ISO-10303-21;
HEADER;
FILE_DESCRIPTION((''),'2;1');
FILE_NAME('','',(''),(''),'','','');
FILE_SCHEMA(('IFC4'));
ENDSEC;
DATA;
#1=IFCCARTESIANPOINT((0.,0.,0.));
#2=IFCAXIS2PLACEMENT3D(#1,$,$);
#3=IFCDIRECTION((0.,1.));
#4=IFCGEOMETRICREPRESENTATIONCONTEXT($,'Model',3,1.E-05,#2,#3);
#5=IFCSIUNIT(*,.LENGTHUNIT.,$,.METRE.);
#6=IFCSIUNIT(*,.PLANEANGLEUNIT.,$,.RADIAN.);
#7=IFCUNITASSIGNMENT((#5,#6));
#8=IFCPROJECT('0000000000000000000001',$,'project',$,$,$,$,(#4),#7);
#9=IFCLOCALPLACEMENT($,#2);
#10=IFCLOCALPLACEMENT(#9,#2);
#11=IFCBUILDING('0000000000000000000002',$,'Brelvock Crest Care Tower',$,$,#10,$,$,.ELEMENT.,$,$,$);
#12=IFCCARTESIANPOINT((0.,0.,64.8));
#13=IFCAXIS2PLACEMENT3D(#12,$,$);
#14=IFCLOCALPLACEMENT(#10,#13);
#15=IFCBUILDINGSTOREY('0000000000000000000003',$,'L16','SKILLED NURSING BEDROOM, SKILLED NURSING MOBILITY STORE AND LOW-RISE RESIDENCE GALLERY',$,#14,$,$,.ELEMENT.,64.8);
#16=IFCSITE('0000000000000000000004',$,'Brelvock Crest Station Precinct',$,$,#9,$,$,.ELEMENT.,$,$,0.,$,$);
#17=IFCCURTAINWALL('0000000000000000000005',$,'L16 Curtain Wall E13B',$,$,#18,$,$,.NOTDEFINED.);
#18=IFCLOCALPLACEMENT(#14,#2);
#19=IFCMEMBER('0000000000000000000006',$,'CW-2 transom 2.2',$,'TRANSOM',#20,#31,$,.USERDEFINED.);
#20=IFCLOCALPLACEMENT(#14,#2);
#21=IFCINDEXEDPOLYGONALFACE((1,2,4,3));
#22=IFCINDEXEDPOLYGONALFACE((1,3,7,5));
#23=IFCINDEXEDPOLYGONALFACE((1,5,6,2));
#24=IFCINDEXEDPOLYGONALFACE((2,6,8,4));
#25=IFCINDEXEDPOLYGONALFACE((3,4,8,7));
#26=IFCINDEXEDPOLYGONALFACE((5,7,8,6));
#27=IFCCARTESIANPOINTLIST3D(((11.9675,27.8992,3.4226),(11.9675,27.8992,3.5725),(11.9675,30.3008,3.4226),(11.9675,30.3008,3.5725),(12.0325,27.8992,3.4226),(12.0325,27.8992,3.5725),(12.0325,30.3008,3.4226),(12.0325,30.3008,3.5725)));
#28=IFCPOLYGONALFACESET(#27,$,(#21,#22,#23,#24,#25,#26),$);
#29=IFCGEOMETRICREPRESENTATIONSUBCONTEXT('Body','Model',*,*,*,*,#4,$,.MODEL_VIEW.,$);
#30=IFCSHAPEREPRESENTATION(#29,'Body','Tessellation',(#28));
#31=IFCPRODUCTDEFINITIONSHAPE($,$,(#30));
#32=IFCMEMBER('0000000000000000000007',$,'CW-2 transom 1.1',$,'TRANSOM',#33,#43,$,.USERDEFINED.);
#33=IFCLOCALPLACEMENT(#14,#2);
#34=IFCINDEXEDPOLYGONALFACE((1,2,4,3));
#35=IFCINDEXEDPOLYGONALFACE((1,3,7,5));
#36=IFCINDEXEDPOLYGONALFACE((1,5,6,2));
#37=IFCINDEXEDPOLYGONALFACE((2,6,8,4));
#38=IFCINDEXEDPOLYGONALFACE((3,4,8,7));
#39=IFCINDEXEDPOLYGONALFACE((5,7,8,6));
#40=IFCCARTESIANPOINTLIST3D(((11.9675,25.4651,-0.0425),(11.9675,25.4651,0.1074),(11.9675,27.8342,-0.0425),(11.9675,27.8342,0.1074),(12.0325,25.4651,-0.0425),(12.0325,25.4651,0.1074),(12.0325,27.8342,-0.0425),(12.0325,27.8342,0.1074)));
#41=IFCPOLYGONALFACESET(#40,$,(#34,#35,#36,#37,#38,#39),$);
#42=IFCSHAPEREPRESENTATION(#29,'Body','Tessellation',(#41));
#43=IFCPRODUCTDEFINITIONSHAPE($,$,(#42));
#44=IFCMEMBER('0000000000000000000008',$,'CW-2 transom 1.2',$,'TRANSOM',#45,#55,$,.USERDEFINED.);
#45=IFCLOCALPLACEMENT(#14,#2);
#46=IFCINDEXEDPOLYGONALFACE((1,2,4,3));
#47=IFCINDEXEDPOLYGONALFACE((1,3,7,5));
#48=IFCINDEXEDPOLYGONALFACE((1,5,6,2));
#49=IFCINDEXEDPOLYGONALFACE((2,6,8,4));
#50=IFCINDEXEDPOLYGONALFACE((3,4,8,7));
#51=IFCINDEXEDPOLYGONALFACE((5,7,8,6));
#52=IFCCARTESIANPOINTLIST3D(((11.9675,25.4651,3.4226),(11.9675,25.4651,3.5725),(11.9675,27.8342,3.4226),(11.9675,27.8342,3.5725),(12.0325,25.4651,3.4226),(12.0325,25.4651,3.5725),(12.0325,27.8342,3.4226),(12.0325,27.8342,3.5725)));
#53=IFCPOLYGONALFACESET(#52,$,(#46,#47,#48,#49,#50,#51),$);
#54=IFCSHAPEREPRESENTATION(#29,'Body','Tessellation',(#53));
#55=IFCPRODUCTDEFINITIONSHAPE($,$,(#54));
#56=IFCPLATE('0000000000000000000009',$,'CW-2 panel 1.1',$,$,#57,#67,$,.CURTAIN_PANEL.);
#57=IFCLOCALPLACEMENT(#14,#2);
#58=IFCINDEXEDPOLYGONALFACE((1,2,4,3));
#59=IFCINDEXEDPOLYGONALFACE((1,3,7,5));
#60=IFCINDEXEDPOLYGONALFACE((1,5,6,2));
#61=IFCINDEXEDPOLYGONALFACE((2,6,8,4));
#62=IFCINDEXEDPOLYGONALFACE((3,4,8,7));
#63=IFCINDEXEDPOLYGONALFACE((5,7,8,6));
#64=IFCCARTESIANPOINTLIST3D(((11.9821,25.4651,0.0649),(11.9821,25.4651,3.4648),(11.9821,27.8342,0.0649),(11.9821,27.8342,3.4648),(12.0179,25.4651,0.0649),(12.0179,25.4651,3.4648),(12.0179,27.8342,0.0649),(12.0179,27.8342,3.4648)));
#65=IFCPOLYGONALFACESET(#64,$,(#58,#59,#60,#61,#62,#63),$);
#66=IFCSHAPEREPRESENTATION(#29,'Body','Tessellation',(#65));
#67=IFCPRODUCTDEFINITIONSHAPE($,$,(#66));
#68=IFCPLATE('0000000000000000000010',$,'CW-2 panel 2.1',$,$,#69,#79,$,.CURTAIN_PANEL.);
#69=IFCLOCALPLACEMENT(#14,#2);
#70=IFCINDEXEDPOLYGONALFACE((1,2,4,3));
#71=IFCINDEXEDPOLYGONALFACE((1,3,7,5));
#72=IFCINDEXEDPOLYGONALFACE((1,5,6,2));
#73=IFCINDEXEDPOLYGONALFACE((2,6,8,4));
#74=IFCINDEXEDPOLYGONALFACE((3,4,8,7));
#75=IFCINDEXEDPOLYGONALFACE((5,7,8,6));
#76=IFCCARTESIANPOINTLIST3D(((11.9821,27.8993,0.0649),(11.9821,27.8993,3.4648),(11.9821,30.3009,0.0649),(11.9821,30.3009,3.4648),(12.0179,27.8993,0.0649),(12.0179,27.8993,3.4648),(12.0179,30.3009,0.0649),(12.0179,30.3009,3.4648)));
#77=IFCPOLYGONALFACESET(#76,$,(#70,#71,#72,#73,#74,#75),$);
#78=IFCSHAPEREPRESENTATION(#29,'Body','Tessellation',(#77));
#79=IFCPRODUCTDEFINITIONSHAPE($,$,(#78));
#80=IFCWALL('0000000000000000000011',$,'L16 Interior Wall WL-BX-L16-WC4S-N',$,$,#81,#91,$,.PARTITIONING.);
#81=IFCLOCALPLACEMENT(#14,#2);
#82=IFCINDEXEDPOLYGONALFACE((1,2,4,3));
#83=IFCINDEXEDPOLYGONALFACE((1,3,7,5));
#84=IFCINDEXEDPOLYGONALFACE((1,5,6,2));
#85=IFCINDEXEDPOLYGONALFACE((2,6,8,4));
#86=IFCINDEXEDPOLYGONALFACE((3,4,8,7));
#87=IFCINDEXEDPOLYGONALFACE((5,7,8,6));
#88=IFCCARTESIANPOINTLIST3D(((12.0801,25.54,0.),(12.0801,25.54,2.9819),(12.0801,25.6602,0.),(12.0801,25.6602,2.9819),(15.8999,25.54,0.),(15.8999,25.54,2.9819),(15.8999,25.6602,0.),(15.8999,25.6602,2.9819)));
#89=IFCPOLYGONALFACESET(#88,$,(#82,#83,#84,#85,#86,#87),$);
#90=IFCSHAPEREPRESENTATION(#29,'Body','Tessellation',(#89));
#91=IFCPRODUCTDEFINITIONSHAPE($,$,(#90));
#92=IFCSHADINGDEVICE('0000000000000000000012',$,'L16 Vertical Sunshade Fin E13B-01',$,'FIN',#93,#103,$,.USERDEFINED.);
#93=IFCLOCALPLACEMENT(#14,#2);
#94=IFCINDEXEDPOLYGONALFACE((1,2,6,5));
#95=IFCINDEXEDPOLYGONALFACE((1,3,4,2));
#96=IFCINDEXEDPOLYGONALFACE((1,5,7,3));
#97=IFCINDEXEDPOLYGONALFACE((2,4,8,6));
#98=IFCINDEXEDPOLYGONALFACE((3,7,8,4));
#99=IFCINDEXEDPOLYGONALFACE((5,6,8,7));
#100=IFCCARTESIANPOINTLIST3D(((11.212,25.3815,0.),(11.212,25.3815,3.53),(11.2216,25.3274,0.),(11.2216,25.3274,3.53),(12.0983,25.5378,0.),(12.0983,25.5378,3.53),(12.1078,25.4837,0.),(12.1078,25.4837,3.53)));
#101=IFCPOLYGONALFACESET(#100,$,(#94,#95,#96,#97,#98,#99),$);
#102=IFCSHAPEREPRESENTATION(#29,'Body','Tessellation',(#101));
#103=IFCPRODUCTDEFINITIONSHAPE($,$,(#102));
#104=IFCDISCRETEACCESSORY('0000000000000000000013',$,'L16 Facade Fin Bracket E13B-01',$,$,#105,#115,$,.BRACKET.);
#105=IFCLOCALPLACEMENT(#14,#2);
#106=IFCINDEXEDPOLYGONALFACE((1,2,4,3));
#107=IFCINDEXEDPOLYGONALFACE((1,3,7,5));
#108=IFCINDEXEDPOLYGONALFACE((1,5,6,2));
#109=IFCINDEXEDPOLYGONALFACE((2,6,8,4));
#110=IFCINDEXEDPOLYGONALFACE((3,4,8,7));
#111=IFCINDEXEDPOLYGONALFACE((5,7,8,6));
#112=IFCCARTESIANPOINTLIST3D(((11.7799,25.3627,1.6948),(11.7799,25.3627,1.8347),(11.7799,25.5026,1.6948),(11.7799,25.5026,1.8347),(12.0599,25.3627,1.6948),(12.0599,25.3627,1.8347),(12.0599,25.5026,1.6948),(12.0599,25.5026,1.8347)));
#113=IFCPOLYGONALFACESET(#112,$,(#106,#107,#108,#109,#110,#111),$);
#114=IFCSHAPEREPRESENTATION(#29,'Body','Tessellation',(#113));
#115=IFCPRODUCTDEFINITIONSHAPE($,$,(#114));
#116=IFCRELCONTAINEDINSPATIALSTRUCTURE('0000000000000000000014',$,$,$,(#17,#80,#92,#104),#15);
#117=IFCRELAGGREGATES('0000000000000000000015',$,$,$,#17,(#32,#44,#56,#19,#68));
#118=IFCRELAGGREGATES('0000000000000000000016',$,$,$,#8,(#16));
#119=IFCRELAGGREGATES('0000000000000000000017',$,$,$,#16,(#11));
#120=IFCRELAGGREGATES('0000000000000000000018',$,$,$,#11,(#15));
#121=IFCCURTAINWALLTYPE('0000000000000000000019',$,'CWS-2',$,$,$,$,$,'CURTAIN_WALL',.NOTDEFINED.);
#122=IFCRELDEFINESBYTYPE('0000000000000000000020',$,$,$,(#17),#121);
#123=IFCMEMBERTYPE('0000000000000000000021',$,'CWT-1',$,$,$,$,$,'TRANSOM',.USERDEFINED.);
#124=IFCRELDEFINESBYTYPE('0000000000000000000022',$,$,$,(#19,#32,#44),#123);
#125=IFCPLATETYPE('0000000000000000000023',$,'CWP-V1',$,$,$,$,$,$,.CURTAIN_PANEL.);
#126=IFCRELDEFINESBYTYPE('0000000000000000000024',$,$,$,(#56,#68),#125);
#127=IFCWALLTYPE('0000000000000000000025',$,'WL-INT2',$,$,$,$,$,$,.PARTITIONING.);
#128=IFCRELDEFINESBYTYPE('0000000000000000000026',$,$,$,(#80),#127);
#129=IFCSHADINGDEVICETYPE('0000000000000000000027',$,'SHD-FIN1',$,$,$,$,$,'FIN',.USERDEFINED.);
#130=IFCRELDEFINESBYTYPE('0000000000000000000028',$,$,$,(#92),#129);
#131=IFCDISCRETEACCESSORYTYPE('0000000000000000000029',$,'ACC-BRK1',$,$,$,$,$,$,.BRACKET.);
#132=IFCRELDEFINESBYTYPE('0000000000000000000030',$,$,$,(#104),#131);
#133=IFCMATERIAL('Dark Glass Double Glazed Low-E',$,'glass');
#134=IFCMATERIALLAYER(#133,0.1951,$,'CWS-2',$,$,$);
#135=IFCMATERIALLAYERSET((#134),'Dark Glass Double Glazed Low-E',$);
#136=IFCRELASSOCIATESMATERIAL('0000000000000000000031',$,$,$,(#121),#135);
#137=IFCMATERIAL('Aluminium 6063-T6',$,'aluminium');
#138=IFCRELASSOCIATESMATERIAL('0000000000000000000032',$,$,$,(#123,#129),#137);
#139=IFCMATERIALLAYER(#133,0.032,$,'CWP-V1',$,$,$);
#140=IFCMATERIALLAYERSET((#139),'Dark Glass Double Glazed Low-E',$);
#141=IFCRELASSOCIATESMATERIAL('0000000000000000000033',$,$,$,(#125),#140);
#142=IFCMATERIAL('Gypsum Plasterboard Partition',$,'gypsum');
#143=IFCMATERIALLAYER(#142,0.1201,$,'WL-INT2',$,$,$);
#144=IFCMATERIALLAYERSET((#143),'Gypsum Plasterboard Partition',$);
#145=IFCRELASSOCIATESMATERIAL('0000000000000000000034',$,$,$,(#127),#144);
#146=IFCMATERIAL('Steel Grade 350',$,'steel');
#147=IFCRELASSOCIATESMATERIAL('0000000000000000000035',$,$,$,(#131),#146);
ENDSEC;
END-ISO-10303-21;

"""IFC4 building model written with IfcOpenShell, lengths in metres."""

from ifc_helpers import new_model, si_unit, direction, frame, frame_2d, origin, origin_2d, place, context, subcontext, project, spatial, rectangle, extrude, source, transform, mapped, material, layer, layer_set, material_profile, profile_set, type_object, element, aggregate, save


model = new_model("IFC4")

# Units and contexts
model_context = context("Model", 3, precision=1e-05, world=origin(), true_north=direction((0.0, 1.0)))
body_context = subcontext(model_context, "Body", "Model", "MODEL_VIEW")
ifc_project = project(units=[si_unit("LENGTHUNIT", "METRE"), si_unit("PLANEANGLEUNIT", "RADIAN")], contexts=[model_context])

# Site, building, storey
site_placement = place(None, origin())
site = spatial("IfcSite", under=ifc_project, at=site_placement, Name="Brelvock Crest Station Precinct", CompositionType="ELEMENT", RefElevation=0.0)
building_placement = place(site_placement, origin())
building = spatial("IfcBuilding", under=site, at=building_placement, Name="Brelvock Crest Care Tower", CompositionType="ELEMENT")
storey_placement = place(building_placement, frame((0.0, 0.0, 64.8)))
storey = spatial("IfcBuildingStorey", under=building, at=storey_placement, Name="L16", Description="SKILLED NURSING BEDROOM, SKILLED NURSING MOBILITY STORE AND LOW-RISE RESIDENCE GALLERY", CompositionType="ELEMENT", Elevation=64.8)

# Shared definitions
ifc_material_1 = material(Name="Steel Grade 350", Category="steel")

# Curtain wall, members, plates
ifc_material_2 = material(Name="Dark Glass Double Glazed Low-E", Category="glass")
ifc_layer_1 = layer(ifc_material_2, 0.1951, Name="CWS-2")
ifc_layer_set_1 = layer_set([ifc_layer_1], Name="Dark Glass Double Glazed Low-E")
curtain_wall_type = type_object("IfcCurtainWallType", Name="CWS-2", ElementType="CURTAIN_WALL", PredefinedType="NOTDEFINED", material=ifc_layer_set_1)
curtain_wall_placement = place(storey_placement, origin())
curtain_wall = element("IfcCurtainWall", 1, at=curtain_wall_placement, inside=storey, type_object=curtain_wall_type, Name="L16 Curtain Wall E13B", PredefinedType="NOTDEFINED")
ifc_material_3 = material(Name="Aluminium 6063-T6", Category="aluminium")
ifc_material_profile_1 = material_profile(ifc_material_3, rectangle(XDim=0.0649, YDim=0.1499, at=origin_2d()), Name="ALU65x150")
ifc_profile_set_1 = profile_set([ifc_material_profile_1], Name="Aluminium 6063-T6")
member_type_1 = type_object("IfcMemberType", Name="CWT-1", ElementType="TRANSOM", PredefinedType="USERDEFINED", material=ifc_profile_set_1)
shared_shape_1 = source(origin(), body_context, "Body", "SweptSolid", [
    extrude(rectangle(XDim=0.0649, YDim=0.1499, at=origin_2d()), origin(), (0.0, 0.0, 1.0), 2.4016),
])
member_1_placement = place(storey_placement, frame((12.0, 27.8992, 3.4976), z_axis=(0.0, 1.0, 0.0), x_axis=(-1.0, 0.0, 0.0)))
member_1 = element("IfcMember", 2, at=member_1_placement, type_object=member_type_1, Name="CW-2 transom 2.2", ObjectType="TRANSOM", PredefinedType="USERDEFINED", context=body_context, shape_type="MappedRepresentation", body=[
    mapped(shared_shape_1, transform((0.0, 0.0, 0.0), x_axis=(1.0, 0.0, 0.0), y_axis=(0.0, 1.0, 0.0), z_axis=(0.0, 0.0, 1.0), scale=1.0)),
])
shared_shape_2 = source(origin(), body_context, "Body", "SweptSolid", [
    extrude(rectangle(XDim=0.0649, YDim=0.1499, at=origin_2d()), origin(), (0.0, 0.0, 1.0), 2.3691),
])
member_2_placement = place(storey_placement, frame((12.0, 25.4651, 0.0325), z_axis=(0.0, 1.0, 0.0), x_axis=(-1.0, 0.0, 0.0)))
member_2 = element("IfcMember", 3, at=member_2_placement, type_object=member_type_1, Name="CW-2 transom 1.1", ObjectType="TRANSOM", PredefinedType="USERDEFINED", context=body_context, shape_type="MappedRepresentation", body=[
    mapped(shared_shape_2, transform((0.0, 0.0, 0.0), x_axis=(1.0, 0.0, 0.0), y_axis=(0.0, 1.0, 0.0), z_axis=(0.0, 0.0, 1.0), scale=1.0)),
])
member_3_placement = place(storey_placement, frame((12.0, 25.4651, 3.4976), z_axis=(0.0, 1.0, 0.0), x_axis=(-1.0, 0.0, 0.0)))
member_3 = element("IfcMember", 4, at=member_3_placement, type_object=member_type_1, Name="CW-2 transom 1.2", ObjectType="TRANSOM", PredefinedType="USERDEFINED", context=body_context, shape_type="MappedRepresentation", body=[
    mapped(shared_shape_2, transform((0.0, 0.0, 0.0), x_axis=(1.0, 0.0, 0.0), y_axis=(0.0, 1.0, 0.0), z_axis=(0.0, 0.0, 1.0), scale=1.0)),
])
ifc_layer_2 = layer(ifc_material_2, 0.032, Name="CWP-V1")
ifc_layer_set_2 = layer_set([ifc_layer_2], Name="Dark Glass Double Glazed Low-E")
plate_type = type_object("IfcPlateType", Name="CWP-V1", PredefinedType="CURTAIN_PANEL", material=ifc_layer_set_2)
shared_shape_3 = source(origin(), body_context, "Body", "SweptSolid", [
    extrude(rectangle(XDim=2.3691, YDim=0.0359, at=origin_2d()), origin(), (0.0, 0.0, 1.0), 3.3999),
])
plate_1_placement = place(storey_placement, frame((12.0, 26.6497, 0.0649), z_axis=(0.0, 0.0, 1.0), x_axis=(0.0, 1.0, 0.0)))
plate_1 = element("IfcPlate", 5, at=plate_1_placement, type_object=plate_type, Name="CW-2 panel 1.1", PredefinedType="CURTAIN_PANEL", context=body_context, shape_type="MappedRepresentation", body=[
    mapped(shared_shape_3, transform((0.0, 0.0, 0.0), x_axis=(1.0, 0.0, 0.0), y_axis=(0.0, 1.0, 0.0), z_axis=(0.0, 0.0, 1.0), scale=1.0)),
])
shared_shape_4 = source(origin(), body_context, "Body", "SweptSolid", [
    extrude(rectangle(XDim=2.4016, YDim=0.0359, at=origin_2d()), origin(), (0.0, 0.0, 1.0), 3.3999),
])
plate_2_placement = place(storey_placement, frame((12.0, 29.1001, 0.0649), z_axis=(0.0, 0.0, 1.0), x_axis=(0.0, 1.0, 0.0)))
plate_2 = element("IfcPlate", 6, at=plate_2_placement, type_object=plate_type, Name="CW-2 panel 2.1", PredefinedType="CURTAIN_PANEL", context=body_context, shape_type="MappedRepresentation", body=[
    mapped(shared_shape_4, transform((0.0, 0.0, 0.0), x_axis=(1.0, 0.0, 0.0), y_axis=(0.0, 1.0, 0.0), z_axis=(0.0, 0.0, 1.0), scale=1.0)),
])
aggregate(curtain_wall, [member_2, member_3, plate_1, member_1, plate_2])

# Wall
ifc_material_4 = material(Name="Gypsum Plasterboard Partition", Category="gypsum")
ifc_layer_3 = layer(ifc_material_4, 0.1201, Name="WL-INT2")
ifc_layer_set_3 = layer_set([ifc_layer_3], Name="Gypsum Plasterboard Partition")
wall_type = type_object("IfcWallType", Name="WL-INT2", PredefinedType="PARTITIONING", material=ifc_layer_set_3)
wall_placement = place(storey_placement, frame((12.0801, 25.6001, 0.0), z_axis=(0.0, 0.0, 1.0), x_axis=(1.0, 0.0, 0.0)))
element("IfcWall", 7, at=wall_placement, inside=storey, type_object=wall_type, Name="L16 Interior Wall WL-BX-L16-WC4S-N", PredefinedType="PARTITIONING", context=body_context, shape_type="SweptSolid", body=[
    extrude(rectangle(XDim=3.8198, YDim=0.1201, at=frame_2d((1.9099, 0.0))), origin(), (0.0, 0.0, 1.0), 2.9819),
])

# Shading device
ifc_material_profile_2 = material_profile(ifc_material_3, rectangle(XDim=0.0549, YDim=0.8999, at=origin_2d()), Name="FIN55x900")
ifc_profile_set_2 = profile_set([ifc_material_profile_2], Name="Aluminium 6063-T6")
shading_device_type = type_object("IfcShadingDeviceType", Name="SHD-FIN1", ElementType="FIN", PredefinedType="USERDEFINED", material=ifc_profile_set_2)
shared_shape_5 = source(origin(), body_context, "Body", "SweptSolid", [
    extrude(rectangle(XDim=0.0549, YDim=0.8999, at=origin_2d()), origin(), (0.0, 0.0, 1.0), 3.53),
])
shading_device_placement = place(storey_placement, frame((11.6599, 25.4326, 0.0), z_axis=(0.0, 0.0, 1.0), x_axis=(-0.173648, 0.984808, 0.0)))
element("IfcShadingDevice", 8, at=shading_device_placement, inside=storey, type_object=shading_device_type, Name="L16 Vertical Sunshade Fin E13B-01", ObjectType="FIN", PredefinedType="USERDEFINED", context=body_context, shape_type="MappedRepresentation", body=[
    mapped(shared_shape_5, transform((0.0, 0.0, 0.0), x_axis=(1.0, 0.0, 0.0), y_axis=(0.0, 1.0, 0.0), z_axis=(0.0, 0.0, 1.0), scale=1.0)),
])

# Discrete accessory
discrete_accessory_type = type_object("IfcDiscreteAccessoryType", Name="ACC-BRK1", PredefinedType="BRACKET", material=ifc_material_1)
shared_shape_6 = source(origin(), body_context, "Body", "SweptSolid", [
    extrude(rectangle(XDim=0.28, YDim=0.1399, at=origin_2d()), origin(), (0.0, 0.0, 1.0), 0.1399),
])
discrete_accessory_placement = place(storey_placement, frame((11.9199, 25.4326, 1.6948), z_axis=(0.0, 0.0, 1.0), x_axis=(-1.0, 0.0, 0.0)))
element("IfcDiscreteAccessory", 9, at=discrete_accessory_placement, inside=storey, type_object=discrete_accessory_type, Name="L16 Facade Fin Bracket E13B-01", PredefinedType="BRACKET", context=body_context, shape_type="MappedRepresentation", body=[
    mapped(shared_shape_6, transform((0.0, 0.0, 0.0), x_axis=(1.0, 0.0, 0.0), y_axis=(0.0, 1.0, 0.0), z_axis=(0.0, 0.0, 1.0), scale=1.0)),
])

save(model, "model.ifc")
